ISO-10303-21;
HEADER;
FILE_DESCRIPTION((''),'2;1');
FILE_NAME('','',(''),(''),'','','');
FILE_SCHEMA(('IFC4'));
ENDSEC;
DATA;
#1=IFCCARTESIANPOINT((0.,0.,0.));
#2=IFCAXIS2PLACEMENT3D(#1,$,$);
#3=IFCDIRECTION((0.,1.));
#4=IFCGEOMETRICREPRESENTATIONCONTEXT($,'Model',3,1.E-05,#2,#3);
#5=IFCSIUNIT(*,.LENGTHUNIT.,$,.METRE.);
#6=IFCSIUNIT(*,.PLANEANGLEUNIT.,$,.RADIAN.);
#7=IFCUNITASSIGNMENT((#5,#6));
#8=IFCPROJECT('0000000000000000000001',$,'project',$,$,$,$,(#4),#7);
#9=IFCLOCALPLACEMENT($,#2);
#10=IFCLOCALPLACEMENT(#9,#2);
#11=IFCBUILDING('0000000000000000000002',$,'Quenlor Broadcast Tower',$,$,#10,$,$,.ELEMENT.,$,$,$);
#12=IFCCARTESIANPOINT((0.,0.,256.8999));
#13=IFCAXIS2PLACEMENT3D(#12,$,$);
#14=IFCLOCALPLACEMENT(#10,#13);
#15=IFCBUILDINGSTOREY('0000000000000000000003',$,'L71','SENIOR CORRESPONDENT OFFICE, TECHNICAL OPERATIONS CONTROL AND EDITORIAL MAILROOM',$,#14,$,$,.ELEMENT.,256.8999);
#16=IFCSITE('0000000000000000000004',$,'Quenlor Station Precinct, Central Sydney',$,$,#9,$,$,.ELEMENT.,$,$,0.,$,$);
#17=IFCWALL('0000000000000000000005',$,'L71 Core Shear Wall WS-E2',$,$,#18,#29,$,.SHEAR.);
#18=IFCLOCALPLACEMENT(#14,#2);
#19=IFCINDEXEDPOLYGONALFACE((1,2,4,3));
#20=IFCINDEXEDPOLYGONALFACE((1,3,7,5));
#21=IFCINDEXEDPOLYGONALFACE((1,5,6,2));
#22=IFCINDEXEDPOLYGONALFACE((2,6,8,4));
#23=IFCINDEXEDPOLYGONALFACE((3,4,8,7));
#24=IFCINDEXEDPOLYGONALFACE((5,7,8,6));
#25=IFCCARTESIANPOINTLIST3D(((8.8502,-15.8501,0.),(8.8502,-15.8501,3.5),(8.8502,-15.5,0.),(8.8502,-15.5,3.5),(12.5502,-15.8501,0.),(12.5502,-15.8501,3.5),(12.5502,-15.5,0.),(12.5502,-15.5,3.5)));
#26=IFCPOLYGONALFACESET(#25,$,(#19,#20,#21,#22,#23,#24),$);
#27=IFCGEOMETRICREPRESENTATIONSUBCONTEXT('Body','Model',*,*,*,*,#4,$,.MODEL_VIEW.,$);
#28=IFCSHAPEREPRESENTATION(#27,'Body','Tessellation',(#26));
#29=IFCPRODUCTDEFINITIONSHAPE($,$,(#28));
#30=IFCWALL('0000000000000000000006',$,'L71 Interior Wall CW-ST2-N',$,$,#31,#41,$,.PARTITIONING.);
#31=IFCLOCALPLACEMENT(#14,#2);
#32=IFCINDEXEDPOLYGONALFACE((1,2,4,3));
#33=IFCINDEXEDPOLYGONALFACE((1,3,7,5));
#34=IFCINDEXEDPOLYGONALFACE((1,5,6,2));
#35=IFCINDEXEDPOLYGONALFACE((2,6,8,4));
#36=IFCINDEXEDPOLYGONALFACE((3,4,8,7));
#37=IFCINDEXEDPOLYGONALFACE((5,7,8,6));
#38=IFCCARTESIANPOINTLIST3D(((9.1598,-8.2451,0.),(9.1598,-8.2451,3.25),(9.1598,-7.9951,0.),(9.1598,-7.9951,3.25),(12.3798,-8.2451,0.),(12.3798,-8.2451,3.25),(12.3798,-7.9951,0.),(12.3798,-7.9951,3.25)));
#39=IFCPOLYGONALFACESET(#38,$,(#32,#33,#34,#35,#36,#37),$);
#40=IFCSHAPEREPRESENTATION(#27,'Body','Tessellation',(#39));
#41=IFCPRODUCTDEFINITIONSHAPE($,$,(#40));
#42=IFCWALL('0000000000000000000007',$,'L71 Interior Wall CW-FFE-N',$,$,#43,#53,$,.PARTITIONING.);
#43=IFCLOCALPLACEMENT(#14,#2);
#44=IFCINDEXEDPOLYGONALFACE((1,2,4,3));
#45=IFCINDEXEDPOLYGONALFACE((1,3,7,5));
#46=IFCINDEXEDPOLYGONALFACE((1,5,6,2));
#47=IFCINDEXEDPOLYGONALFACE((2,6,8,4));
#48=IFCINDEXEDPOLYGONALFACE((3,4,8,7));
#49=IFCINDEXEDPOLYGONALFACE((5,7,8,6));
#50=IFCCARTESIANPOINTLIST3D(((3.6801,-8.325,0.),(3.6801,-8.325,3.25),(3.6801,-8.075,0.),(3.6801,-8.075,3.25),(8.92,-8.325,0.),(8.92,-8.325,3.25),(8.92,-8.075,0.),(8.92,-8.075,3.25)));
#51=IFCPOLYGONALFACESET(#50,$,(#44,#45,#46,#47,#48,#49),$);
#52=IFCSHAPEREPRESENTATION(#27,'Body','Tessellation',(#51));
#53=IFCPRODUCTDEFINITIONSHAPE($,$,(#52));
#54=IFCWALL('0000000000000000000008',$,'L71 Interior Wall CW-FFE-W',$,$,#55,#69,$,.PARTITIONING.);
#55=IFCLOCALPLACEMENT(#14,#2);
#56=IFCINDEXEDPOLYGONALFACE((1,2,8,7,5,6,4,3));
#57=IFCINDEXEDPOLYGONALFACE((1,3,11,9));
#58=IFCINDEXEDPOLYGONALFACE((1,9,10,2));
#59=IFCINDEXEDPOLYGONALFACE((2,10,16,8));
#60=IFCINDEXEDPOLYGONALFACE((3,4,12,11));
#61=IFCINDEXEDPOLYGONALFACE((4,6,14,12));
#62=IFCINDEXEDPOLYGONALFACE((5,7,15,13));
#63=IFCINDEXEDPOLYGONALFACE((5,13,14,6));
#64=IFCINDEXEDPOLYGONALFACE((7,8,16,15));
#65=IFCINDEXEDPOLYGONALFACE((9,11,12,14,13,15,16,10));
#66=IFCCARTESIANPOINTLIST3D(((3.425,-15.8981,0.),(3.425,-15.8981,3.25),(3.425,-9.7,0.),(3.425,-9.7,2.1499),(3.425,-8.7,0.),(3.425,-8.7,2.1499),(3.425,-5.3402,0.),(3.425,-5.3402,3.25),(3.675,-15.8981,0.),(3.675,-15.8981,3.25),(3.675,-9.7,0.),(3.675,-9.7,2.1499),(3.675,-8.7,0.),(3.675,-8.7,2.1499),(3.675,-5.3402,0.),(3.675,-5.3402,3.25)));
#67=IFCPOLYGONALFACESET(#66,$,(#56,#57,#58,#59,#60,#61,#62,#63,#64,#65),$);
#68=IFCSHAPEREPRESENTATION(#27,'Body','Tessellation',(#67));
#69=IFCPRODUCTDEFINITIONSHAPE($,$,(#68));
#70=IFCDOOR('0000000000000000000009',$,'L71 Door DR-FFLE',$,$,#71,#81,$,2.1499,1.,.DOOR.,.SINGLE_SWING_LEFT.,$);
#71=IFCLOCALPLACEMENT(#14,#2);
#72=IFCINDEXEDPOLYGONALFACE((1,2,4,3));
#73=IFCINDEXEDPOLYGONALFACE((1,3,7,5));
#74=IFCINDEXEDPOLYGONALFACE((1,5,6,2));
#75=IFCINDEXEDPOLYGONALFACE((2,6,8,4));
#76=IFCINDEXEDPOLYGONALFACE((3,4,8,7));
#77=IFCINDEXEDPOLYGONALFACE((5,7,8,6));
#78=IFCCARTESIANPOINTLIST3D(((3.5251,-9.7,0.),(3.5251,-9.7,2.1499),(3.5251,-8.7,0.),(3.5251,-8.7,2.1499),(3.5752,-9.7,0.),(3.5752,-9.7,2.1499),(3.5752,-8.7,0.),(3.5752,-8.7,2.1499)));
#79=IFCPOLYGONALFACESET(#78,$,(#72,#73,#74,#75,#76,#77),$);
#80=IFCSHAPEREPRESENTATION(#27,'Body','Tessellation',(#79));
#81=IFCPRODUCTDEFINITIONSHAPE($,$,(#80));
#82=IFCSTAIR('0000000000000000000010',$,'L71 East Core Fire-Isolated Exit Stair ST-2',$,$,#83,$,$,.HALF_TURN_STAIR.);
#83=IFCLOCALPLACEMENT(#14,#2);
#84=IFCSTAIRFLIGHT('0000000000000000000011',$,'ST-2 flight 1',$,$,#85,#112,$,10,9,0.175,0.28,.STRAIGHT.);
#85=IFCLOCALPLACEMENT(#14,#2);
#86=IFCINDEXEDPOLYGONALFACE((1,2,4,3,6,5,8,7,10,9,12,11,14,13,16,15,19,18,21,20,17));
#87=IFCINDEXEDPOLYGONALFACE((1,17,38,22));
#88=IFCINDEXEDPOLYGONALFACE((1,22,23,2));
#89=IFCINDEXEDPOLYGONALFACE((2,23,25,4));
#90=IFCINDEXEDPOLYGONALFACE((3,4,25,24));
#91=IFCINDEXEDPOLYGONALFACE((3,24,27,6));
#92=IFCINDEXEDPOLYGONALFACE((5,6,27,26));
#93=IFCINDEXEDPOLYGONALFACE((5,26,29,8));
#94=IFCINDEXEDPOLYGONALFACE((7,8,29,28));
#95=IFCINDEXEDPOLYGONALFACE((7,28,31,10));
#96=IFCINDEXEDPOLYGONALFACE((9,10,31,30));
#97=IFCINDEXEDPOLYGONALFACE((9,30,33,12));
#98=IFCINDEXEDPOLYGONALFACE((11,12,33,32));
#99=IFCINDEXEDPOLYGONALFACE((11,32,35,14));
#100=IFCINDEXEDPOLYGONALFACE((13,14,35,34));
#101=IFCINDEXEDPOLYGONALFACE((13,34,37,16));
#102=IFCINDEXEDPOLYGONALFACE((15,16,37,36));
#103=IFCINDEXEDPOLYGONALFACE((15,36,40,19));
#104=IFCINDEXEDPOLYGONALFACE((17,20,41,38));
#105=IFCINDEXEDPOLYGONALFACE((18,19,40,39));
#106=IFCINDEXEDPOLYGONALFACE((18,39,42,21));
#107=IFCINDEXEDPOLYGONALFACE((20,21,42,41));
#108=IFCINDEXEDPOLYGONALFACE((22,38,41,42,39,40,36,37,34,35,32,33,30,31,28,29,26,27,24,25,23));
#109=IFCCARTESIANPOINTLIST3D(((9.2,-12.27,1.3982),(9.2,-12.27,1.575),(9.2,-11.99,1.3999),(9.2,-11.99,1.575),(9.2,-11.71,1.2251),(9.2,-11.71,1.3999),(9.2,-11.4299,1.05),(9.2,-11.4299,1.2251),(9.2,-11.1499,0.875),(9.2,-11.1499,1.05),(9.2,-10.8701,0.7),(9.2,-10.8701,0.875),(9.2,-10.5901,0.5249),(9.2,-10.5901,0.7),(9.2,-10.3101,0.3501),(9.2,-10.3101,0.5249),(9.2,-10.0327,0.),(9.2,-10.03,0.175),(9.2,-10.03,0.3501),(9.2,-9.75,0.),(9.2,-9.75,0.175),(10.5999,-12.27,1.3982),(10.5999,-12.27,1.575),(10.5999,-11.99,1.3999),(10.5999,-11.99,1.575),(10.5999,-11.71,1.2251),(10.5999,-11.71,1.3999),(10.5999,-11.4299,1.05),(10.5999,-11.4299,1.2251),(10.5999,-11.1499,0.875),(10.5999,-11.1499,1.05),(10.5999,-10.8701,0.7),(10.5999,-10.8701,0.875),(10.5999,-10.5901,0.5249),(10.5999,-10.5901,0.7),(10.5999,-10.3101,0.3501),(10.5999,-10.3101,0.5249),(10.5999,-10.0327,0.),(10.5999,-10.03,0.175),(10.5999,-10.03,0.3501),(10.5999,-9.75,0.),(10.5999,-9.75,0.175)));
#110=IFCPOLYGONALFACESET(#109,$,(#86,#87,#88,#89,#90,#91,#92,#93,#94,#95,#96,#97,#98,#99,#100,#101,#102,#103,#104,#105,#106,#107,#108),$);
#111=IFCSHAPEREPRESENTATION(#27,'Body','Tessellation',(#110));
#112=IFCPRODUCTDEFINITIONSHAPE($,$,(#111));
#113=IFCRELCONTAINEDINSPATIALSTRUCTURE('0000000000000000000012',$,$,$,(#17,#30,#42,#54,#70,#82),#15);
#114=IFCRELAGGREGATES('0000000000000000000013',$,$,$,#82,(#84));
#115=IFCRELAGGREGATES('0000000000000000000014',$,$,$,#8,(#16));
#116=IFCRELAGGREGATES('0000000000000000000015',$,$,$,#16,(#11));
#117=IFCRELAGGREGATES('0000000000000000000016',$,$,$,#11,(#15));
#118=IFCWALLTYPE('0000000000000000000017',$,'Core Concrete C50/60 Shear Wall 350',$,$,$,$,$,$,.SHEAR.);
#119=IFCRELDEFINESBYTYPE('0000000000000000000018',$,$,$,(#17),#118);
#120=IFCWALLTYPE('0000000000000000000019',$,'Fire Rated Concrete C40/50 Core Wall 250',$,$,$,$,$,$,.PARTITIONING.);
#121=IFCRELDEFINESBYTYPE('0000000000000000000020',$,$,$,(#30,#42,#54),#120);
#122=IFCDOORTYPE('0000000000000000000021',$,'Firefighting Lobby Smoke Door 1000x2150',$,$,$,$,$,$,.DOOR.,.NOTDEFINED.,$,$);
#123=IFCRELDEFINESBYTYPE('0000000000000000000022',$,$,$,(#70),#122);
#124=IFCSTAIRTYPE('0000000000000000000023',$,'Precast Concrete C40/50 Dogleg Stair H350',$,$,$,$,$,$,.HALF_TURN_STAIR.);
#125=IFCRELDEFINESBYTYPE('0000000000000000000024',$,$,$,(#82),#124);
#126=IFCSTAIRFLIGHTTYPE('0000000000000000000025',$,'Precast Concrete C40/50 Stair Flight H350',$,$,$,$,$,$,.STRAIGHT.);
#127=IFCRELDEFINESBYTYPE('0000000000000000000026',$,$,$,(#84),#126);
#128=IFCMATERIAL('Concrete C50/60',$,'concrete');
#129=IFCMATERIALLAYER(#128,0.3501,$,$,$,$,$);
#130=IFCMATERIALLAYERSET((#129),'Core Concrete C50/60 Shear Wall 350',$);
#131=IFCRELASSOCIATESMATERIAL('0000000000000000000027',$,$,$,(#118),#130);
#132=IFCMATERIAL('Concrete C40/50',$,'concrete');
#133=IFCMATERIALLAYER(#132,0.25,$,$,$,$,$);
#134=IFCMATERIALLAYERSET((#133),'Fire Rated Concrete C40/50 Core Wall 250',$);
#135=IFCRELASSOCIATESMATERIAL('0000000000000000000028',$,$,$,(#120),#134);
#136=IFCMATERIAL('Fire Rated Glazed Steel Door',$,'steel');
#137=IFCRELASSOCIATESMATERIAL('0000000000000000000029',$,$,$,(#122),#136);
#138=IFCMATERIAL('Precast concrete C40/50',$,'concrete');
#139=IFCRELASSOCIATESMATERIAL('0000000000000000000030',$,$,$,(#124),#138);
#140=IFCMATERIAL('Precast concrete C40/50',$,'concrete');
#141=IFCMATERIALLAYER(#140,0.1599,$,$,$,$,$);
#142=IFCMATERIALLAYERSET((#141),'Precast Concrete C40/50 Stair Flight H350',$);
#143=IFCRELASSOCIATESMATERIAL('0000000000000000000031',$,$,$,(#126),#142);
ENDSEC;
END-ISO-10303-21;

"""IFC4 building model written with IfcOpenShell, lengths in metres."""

from ifc_helpers import new_model, si_unit, direction, frame, frame_2d, origin, place, context, subcontext, project, spatial, polyline, rectangle, outline, extrude, material, layer, layer_set, type_object, element, fill, aggregate, save


model = new_model("IFC4")

# Units and contexts
model_context = context("Model", 3, precision=1e-05, world=origin(), true_north=direction((0.0, 1.0)))
body_context = subcontext(model_context, "Body", "Model", "MODEL_VIEW")
ifc_project = project(units=[si_unit("LENGTHUNIT", "METRE"), si_unit("PLANEANGLEUNIT", "RADIAN")], contexts=[model_context])

# Site, building, storey
site_placement = place(None, origin())
site = spatial("IfcSite", under=ifc_project, at=site_placement, Name="Quenlor Station Precinct, Central Sydney", CompositionType="ELEMENT", RefElevation=0.0)
building_placement = place(site_placement, origin())
building = spatial("IfcBuilding", under=site, at=building_placement, Name="Quenlor Broadcast Tower", CompositionType="ELEMENT")
storey_placement = place(building_placement, frame((0.0, 0.0, 256.8999)))
storey = spatial("IfcBuildingStorey", under=building, at=storey_placement, Name="L71", Description="SENIOR CORRESPONDENT OFFICE, TECHNICAL OPERATIONS CONTROL AND EDITORIAL MAILROOM", CompositionType="ELEMENT", Elevation=256.8999)

# Wall
ifc_material_1 = material(Name="Concrete C50/60", Category="concrete")
ifc_layer_1 = layer(ifc_material_1, 0.3501)
ifc_layer_set_1 = layer_set([ifc_layer_1], Name="Core Concrete C50/60 Shear Wall 350")
wall_type_1 = type_object("IfcWallType", Name="Core Concrete C50/60 Shear Wall 350", PredefinedType="SHEAR", material=ifc_layer_set_1)
wall_1_placement = place(storey_placement, frame((8.8501, -15.675, 0.0), z_axis=(0.0, 0.0, 1.0), x_axis=(1.0, 0.0, 0.0)))
element("IfcWall", 1, at=wall_1_placement, inside=storey, type_object=wall_type_1, Name="L71 Core Shear Wall WS-E2", PredefinedType="SHEAR", context=body_context, shape_type="SweptSolid", body=[
    extrude(rectangle(XDim=3.7, YDim=0.3501, at=frame_2d((1.8501, 0.0))), origin(), (0.0, 0.0, 1.0), 3.5),
])

# Shared definitions
ifc_material_2 = material(Name="Concrete C40/50", Category="concrete")
ifc_layer_2 = layer(ifc_material_2, 0.25)
ifc_layer_set_2 = layer_set([ifc_layer_2], Name="Fire Rated Concrete C40/50 Core Wall 250")
wall_type_2 = type_object("IfcWallType", Name="Fire Rated Concrete C40/50 Core Wall 250", PredefinedType="PARTITIONING", material=ifc_layer_set_2)

# Wall
wall_2_placement = place(storey_placement, frame((9.1599, -8.1201, 0.0), z_axis=(0.0, 0.0, 1.0), x_axis=(1.0, 0.0, 0.0)))
element("IfcWall", 2, at=wall_2_placement, inside=storey, type_object=wall_type_2, Name="L71 Interior Wall CW-ST2-N", PredefinedType="PARTITIONING", context=body_context, shape_type="SweptSolid", body=[
    extrude(rectangle(XDim=3.22, YDim=0.25, at=frame_2d((1.6099, 0.0))), origin(), (0.0, 0.0, 1.0), 3.25),
])

# Wall
wall_3_placement = place(storey_placement, frame((3.6799, -8.2, 0.0), z_axis=(0.0, 0.0, 1.0), x_axis=(1.0, 0.0, 0.0)))
element("IfcWall", 3, at=wall_3_placement, inside=storey, type_object=wall_type_2, Name="L71 Interior Wall CW-FFE-N", PredefinedType="PARTITIONING", context=body_context, shape_type="SweptSolid", body=[
    extrude(rectangle(XDim=5.24, YDim=0.25, at=frame_2d((2.6201, 0.0))), origin(), (0.0, 0.0, 1.0), 3.25),
])

# Wall, opening, door
wall_4_placement = place(storey_placement, frame((3.55, -15.8979, 0.0), z_axis=(0.0, 0.0, 1.0), x_axis=(0.0, 1.0, 0.0)))
wall_4 = element("IfcWall", 4, at=wall_4_placement, inside=storey, type_object=wall_type_2, Name="L71 Interior Wall CW-FFE-W", PredefinedType="PARTITIONING", context=body_context, shape_type="SweptSolid", body=[
    extrude(rectangle(XDim=10.5579, YDim=0.25, at=frame_2d((5.2788, 0.0))), origin(), (0.0, 0.0, 1.0), 3.25),
])
opening_1_placement = place(wall_4_placement, frame((6.198, 0.0, 0.0)))
opening_1 = element("IfcOpeningElement", 5, at=opening_1_placement, cuts=wall_4, PredefinedType="OPENING", context=body_context, shape_type="SweptSolid", body=[
    extrude(rectangle(XDim=1.0, YDim=2.1499, at=frame_2d((0.5, 1.075))), frame((0.0, 0.135, 0.0), z_axis=(0.0, -1.0, 0.0), x_axis=(1.0, 0.0, 0.0)), (0.0, 0.0, 1.0), 0.27),
])
ifc_material_3 = material(Name="Fire Rated Glazed Steel Door", Category="steel")
door_type_1 = type_object("IfcDoorType", Name="Firefighting Lobby Smoke Door 1000x2150", OperationType="NOTDEFINED", PredefinedType="DOOR", material=ifc_material_3)
door_1_placement = place(opening_1_placement, origin())
door_1 = element("IfcDoor", 6, at=door_1_placement, inside=storey, type_object=door_type_1, Name="L71 Door DR-FFLE", OperationType="SINGLE_SWING_LEFT", OverallHeight=2.1499, OverallWidth=1.0, PredefinedType="DOOR", context=body_context, shape_type="SweptSolid", body=[
    extrude(rectangle(XDim=1.0, YDim=2.1499, at=frame_2d((0.5, 1.075))), frame((0.0, 0.0249, 0.0), z_axis=(0.0, -1.0, 0.0), x_axis=(1.0, 0.0, 0.0)), (0.0, 0.0, 1.0), 0.05),
])
fill(opening_1, door_1)

# Stair, stair flight
ifc_material_4 = material(Name="Precast concrete C40/50", Category="concrete")
stair_type = type_object("IfcStairType", Name="Precast Concrete C40/50 Dogleg Stair H350", PredefinedType="HALF_TURN_STAIR", material=ifc_material_4)
stair_placement = place(storey_placement, origin())
stair = element("IfcStair", 7, at=stair_placement, inside=storey, type_object=stair_type, Name="L71 East Core Fire-Isolated Exit Stair ST-2", PredefinedType="HALF_TURN_STAIR")
ifc_material_5 = material(Name="Precast concrete C40/50", Category="concrete")
ifc_layer_3 = layer(ifc_material_5, 0.1599)
ifc_layer_set_3 = layer_set([ifc_layer_3], Name="Precast Concrete C40/50 Stair Flight H350")
stair_flight_type = type_object("IfcStairFlightType", Name="Precast Concrete C40/50 Stair Flight H350", PredefinedType="STRAIGHT", material=ifc_layer_set_3)
stair_flight_placement = place(storey_placement, frame((9.8999, -9.75, 0.0), z_axis=(0.0, 0.0, 1.0), x_axis=(0.0, -1.0, 0.0)))
stair_flight = element("IfcStairFlight", 8, at=stair_flight_placement, type_object=stair_flight_type, Name="ST-2 flight 1", NumberOfRisers=10, NumberOfTreads=9, PredefinedType="STRAIGHT", RiserHeight=0.175, TreadLength=0.28, context=body_context, shape_type="SweptSolid", body=[
    extrude(outline(polyline([(0.0, 0.0), (0.0, 0.175), (0.28, 0.175), (0.28, 0.3501), (0.5601, 0.3501), (0.5601, 0.5249), (0.8401, 0.5249), (0.8401, 0.7), (1.1201, 0.7), (1.1201, 0.875), (1.3999, 0.875), (1.3999, 1.05), (1.6799, 1.05), (1.6799, 1.2251), (1.96, 1.2251), (1.96, 1.3999), (2.24, 1.3999), (2.24, 1.575), (2.52, 1.575), (2.52, 1.75), (2.52, 1.3982), (0.2827, 0.0), (0.0, 0.0)])), frame((0.0, 0.7, 0.0), z_axis=(0.0, -1.0, 0.0), x_axis=(1.0, 0.0, 0.0)), (0.0, 0.0, 1.0), 1.3999),
])
aggregate(stair, [stair_flight])

save(model, "model.ifc")
